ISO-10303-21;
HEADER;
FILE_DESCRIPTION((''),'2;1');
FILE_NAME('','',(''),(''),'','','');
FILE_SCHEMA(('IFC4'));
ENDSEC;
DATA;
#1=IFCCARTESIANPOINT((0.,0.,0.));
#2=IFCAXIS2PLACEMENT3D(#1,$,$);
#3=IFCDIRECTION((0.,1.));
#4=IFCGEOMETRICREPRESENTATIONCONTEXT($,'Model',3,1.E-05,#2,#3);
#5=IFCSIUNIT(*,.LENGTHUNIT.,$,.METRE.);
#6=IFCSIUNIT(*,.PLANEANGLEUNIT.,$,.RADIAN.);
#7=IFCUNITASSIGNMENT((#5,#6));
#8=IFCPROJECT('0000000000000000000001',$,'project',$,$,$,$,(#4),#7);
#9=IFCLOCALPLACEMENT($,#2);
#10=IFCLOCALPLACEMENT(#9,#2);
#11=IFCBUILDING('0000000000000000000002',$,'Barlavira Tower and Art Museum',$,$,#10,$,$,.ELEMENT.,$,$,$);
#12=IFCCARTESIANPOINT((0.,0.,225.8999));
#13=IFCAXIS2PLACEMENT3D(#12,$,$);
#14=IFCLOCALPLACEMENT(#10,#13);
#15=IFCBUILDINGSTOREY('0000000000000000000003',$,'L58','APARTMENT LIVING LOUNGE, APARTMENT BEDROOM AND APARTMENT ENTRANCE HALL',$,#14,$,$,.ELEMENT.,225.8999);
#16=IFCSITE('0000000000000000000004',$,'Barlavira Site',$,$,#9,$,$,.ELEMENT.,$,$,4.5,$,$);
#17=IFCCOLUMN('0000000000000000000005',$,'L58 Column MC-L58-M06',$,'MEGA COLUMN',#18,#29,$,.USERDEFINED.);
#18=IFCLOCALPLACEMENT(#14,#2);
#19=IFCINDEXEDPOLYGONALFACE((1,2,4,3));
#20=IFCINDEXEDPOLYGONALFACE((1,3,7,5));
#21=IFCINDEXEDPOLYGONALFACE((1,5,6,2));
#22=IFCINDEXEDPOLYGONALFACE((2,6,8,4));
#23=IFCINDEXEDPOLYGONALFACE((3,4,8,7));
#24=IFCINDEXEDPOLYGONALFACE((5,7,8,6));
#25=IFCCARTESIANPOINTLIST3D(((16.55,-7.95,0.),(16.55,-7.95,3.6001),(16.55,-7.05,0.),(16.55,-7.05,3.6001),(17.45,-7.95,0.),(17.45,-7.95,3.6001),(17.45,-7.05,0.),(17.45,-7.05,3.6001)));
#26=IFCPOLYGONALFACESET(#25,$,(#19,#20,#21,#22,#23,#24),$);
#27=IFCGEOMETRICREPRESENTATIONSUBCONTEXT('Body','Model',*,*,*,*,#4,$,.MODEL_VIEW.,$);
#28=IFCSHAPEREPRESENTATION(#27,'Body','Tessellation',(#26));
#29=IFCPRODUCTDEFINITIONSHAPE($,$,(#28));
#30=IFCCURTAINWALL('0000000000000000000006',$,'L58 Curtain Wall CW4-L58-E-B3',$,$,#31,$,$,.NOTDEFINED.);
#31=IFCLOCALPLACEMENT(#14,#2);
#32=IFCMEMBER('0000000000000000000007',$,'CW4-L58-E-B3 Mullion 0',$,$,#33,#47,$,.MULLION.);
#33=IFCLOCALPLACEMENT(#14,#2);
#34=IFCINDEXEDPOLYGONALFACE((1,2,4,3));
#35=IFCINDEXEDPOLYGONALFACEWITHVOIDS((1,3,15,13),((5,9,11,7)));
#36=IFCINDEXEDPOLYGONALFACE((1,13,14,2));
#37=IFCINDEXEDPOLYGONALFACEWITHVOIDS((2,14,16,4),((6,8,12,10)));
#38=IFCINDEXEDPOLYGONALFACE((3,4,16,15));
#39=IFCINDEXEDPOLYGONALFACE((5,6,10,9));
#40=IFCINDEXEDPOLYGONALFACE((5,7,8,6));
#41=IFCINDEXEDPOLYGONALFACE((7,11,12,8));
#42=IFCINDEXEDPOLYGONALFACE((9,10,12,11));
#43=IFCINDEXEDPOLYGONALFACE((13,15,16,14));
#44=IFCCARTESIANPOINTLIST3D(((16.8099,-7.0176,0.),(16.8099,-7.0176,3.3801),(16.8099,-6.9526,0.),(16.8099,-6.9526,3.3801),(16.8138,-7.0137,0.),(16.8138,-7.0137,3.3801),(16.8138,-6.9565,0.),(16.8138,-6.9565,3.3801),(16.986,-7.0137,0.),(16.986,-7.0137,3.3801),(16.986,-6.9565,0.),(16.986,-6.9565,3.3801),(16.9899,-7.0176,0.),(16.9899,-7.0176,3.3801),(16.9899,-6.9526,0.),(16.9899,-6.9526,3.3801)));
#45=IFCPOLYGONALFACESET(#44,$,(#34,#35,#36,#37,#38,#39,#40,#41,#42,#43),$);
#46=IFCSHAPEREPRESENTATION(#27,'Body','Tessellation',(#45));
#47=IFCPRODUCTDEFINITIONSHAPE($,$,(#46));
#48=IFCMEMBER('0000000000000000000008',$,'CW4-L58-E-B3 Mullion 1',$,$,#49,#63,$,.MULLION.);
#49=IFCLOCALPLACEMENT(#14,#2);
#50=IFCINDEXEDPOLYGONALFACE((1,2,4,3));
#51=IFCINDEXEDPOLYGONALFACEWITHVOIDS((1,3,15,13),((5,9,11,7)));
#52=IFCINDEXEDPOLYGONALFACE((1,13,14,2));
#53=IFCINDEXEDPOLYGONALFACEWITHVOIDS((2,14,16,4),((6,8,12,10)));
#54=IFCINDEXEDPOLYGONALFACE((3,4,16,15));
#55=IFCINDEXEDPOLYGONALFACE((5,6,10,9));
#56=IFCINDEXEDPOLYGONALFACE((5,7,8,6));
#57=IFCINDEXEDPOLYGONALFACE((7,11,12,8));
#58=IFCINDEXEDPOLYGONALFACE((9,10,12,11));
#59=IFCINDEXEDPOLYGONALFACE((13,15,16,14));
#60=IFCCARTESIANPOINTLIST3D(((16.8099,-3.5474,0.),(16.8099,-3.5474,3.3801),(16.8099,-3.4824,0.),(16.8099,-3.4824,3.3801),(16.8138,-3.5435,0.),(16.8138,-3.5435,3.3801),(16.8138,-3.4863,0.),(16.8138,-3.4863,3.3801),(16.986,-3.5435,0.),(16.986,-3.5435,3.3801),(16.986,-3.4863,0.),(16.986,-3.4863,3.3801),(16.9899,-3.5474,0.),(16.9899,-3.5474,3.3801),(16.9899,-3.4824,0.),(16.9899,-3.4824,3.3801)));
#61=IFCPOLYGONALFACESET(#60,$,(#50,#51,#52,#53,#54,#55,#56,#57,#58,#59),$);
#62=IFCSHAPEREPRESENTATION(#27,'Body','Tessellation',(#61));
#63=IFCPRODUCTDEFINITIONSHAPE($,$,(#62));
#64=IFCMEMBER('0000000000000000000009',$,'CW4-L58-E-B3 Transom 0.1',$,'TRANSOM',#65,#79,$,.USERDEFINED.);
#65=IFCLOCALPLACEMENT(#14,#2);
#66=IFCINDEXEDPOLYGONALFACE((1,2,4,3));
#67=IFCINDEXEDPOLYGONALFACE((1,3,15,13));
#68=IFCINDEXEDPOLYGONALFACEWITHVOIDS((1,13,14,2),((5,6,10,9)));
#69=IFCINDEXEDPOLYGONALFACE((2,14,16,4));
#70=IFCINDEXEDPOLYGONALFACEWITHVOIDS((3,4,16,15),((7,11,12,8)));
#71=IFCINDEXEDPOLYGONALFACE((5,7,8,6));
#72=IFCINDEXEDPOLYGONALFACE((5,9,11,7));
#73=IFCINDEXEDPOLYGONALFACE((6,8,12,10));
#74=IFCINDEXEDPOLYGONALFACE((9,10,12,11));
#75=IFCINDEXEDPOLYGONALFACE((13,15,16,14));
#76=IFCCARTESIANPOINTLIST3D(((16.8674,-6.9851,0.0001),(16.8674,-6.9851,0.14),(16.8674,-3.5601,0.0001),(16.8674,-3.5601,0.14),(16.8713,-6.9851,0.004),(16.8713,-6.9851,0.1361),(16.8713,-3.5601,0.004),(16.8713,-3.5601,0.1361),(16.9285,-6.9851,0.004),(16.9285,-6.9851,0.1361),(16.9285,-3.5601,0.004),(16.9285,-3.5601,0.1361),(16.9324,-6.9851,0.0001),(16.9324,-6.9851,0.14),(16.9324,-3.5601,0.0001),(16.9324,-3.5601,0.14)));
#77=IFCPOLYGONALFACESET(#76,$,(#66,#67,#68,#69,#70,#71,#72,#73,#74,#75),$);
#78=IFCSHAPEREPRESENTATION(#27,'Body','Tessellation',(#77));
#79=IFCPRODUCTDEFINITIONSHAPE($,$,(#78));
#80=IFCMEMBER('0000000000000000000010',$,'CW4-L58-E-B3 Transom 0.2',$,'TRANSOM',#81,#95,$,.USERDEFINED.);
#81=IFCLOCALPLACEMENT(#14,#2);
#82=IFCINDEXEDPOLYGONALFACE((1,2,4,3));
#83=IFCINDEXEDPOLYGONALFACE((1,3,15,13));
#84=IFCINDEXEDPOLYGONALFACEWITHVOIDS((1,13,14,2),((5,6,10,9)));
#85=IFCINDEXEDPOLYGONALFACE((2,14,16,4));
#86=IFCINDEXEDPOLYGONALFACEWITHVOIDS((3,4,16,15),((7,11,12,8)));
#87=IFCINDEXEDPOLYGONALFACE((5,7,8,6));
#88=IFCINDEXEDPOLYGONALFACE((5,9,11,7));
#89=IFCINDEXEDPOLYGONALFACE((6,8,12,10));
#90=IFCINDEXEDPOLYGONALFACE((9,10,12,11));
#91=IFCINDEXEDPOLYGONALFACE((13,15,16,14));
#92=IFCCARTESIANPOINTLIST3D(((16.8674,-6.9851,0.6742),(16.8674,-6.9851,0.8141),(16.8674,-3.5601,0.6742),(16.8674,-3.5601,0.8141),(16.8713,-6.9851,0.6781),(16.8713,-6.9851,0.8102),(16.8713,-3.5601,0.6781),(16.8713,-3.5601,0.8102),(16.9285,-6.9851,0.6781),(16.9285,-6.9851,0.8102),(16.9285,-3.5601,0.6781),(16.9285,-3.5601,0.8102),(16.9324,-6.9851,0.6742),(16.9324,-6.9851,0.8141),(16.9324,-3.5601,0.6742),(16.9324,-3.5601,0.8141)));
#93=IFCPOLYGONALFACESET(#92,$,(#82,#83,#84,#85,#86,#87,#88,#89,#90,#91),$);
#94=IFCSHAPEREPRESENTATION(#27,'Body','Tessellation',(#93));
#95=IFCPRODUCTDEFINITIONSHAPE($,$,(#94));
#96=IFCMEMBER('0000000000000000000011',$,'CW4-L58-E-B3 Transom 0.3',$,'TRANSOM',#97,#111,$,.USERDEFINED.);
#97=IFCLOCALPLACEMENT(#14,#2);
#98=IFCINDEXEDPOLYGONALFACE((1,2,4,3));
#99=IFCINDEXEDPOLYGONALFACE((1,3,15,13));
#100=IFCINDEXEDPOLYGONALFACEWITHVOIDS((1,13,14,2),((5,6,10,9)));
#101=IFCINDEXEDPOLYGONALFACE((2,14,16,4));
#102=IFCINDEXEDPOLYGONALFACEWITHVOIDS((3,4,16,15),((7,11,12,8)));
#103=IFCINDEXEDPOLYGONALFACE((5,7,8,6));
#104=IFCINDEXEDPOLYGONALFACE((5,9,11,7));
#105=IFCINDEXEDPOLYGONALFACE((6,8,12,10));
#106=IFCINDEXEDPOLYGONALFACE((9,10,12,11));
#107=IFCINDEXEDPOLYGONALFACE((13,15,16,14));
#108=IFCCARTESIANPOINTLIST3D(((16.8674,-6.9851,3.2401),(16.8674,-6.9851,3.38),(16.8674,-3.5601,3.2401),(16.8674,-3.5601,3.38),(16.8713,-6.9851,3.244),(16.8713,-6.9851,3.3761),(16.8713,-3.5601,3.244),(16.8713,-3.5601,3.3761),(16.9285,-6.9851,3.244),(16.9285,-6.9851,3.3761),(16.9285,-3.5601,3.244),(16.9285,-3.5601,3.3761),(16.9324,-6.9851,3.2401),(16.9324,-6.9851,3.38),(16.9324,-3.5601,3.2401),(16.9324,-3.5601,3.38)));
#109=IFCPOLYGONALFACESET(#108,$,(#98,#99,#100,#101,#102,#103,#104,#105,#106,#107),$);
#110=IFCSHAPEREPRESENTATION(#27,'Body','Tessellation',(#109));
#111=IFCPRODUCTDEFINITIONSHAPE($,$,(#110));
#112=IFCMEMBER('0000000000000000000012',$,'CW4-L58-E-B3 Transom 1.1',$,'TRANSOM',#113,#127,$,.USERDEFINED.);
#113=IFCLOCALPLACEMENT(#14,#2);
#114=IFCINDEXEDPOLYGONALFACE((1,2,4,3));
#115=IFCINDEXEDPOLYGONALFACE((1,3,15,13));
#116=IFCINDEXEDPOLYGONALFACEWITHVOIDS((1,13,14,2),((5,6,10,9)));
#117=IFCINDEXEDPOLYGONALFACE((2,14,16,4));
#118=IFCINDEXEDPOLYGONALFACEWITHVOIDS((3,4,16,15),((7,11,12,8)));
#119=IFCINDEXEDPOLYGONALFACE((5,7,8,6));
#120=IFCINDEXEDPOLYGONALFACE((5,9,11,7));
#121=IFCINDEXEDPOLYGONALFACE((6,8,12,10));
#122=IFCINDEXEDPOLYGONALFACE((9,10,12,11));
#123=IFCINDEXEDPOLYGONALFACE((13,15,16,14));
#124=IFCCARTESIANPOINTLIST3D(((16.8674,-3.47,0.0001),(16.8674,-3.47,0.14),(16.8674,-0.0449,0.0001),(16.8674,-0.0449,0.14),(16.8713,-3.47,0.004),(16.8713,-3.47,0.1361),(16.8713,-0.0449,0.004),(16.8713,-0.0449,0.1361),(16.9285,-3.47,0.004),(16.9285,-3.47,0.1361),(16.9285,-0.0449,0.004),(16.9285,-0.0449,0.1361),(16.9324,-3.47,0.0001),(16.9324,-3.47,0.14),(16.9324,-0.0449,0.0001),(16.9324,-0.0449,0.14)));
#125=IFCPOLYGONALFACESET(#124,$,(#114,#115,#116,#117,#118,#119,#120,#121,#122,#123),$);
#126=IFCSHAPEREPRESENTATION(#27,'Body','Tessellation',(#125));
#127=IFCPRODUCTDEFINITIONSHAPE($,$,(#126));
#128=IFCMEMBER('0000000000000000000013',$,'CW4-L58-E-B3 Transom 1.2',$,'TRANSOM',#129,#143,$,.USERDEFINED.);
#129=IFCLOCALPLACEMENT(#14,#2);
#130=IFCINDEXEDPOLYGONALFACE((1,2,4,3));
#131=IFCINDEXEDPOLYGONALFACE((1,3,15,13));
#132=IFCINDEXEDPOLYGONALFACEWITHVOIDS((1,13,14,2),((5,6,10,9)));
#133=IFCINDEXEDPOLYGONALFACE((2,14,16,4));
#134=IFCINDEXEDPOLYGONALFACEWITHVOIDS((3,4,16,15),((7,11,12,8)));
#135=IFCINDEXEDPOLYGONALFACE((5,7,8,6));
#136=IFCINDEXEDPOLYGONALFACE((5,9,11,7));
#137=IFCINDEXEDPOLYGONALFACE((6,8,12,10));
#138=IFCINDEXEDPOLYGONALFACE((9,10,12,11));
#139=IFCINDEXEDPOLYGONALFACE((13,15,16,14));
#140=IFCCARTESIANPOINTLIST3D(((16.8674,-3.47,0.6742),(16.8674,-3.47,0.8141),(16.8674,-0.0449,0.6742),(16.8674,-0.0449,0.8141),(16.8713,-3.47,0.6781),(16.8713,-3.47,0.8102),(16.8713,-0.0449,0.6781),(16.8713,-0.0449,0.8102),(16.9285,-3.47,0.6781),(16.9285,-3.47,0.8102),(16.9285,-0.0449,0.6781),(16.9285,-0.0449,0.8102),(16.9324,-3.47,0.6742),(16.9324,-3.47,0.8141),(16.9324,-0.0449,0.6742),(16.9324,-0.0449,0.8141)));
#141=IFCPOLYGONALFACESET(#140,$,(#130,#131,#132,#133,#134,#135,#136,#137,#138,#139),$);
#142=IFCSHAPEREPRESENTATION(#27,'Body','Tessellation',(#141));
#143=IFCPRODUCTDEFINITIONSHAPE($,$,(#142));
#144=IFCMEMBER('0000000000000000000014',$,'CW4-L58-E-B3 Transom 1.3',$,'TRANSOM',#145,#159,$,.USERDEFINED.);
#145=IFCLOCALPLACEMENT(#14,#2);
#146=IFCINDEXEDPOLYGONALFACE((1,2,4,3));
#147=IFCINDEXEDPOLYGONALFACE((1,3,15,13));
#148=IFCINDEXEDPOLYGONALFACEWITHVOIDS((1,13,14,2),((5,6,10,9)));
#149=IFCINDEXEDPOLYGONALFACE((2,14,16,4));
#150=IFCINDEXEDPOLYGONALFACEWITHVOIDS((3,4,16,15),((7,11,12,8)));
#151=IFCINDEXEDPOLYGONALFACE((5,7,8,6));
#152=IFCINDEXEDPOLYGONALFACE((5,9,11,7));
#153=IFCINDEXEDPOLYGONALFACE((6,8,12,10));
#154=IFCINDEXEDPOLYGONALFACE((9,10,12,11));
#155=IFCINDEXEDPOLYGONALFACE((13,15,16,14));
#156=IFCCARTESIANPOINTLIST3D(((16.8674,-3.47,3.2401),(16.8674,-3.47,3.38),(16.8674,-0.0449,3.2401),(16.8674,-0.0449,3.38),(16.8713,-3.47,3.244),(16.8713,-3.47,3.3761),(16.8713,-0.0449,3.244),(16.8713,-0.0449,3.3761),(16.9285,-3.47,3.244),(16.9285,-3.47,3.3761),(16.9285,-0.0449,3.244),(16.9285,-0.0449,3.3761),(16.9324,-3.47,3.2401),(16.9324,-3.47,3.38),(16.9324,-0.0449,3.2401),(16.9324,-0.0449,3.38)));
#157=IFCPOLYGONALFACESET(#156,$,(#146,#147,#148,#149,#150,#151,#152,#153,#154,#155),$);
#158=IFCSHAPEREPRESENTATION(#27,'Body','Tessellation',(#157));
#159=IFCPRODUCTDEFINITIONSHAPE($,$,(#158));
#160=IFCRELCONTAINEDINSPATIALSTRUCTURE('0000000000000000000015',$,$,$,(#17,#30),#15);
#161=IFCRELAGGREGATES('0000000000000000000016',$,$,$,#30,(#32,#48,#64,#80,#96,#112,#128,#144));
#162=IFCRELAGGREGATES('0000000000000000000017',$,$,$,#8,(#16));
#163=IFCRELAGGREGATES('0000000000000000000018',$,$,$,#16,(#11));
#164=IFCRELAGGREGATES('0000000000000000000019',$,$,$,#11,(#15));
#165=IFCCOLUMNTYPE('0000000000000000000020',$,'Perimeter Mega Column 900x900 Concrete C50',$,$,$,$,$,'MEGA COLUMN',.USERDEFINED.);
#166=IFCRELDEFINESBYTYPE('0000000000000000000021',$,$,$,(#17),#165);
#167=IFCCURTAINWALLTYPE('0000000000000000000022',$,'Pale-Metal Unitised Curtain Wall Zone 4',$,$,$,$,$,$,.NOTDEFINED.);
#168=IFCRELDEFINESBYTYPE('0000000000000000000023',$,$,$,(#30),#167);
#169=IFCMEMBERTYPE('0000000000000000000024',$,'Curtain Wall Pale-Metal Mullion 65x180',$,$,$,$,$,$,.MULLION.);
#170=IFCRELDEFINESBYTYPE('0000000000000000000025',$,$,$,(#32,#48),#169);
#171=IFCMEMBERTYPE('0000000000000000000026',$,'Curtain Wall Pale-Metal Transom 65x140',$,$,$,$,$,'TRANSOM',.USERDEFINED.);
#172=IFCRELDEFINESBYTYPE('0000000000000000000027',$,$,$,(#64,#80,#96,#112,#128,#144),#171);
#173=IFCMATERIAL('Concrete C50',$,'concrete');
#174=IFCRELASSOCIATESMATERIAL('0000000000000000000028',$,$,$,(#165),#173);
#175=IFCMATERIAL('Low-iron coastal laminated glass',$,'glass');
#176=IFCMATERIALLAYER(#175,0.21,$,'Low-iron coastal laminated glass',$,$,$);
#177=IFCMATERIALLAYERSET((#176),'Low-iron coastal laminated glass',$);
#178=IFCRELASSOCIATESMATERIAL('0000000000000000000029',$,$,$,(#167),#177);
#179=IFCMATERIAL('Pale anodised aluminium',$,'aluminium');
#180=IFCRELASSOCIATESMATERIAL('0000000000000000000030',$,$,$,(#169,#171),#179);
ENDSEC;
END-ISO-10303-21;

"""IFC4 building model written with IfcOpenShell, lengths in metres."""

from ifc_helpers import new_model, si_unit, direction, frame, origin, origin_2d, place, context, subcontext, project, spatial, rectangle, hollow_rectangle, extrude, material, layer, layer_set, material_profile, profile_set, type_object, element, aggregate, save


model = new_model("IFC4")

# Units and contexts
model_context = context("Model", 3, precision=1e-05, world=origin(), true_north=direction((0.0, 1.0)))
body_context = subcontext(model_context, "Body", "Model", "MODEL_VIEW")
ifc_project = project(units=[si_unit("LENGTHUNIT", "METRE"), si_unit("PLANEANGLEUNIT", "RADIAN")], contexts=[model_context])

# Site, building, storey
site_placement = place(None, origin())
site = spatial("IfcSite", under=ifc_project, at=site_placement, Name="Barlavira Site", CompositionType="ELEMENT", RefElevation=4.5)
building_placement = place(site_placement, origin())
building = spatial("IfcBuilding", under=site, at=building_placement, Name="Barlavira Tower and Art Museum", CompositionType="ELEMENT")
storey_placement = place(building_placement, frame((0.0, 0.0, 225.8999)))
storey = spatial("IfcBuildingStorey", under=building, at=storey_placement, Name="L58", Description="APARTMENT LIVING LOUNGE, APARTMENT BEDROOM AND APARTMENT ENTRANCE HALL", CompositionType="ELEMENT", Elevation=225.8999)

# Column
ifc_material_1 = material(Name="Concrete C50", Category="concrete")
ifc_material_profile_1 = material_profile(ifc_material_1, rectangle(XDim=0.8999, YDim=0.8999, at=origin_2d()), Name="RC-COL 900x900")
ifc_profile_set_1 = profile_set([ifc_material_profile_1], Name="Concrete C50")
column_type = type_object("IfcColumnType", Name="Perimeter Mega Column 900x900 Concrete C50", ElementType="MEGA COLUMN", PredefinedType="USERDEFINED", material=ifc_profile_set_1)
column_placement = place(storey_placement, frame((17.0, -7.5, 0.0), z_axis=(0.0, 0.0, 1.0), x_axis=(1.0, 0.0, 0.0)))
element("IfcColumn", 1, at=column_placement, inside=storey, type_object=column_type, Name="L58 Column MC-L58-M06", ObjectType="MEGA COLUMN", PredefinedType="USERDEFINED", context=body_context, shape_type="SweptSolid", body=[
    extrude(rectangle(XDim=0.8999, YDim=0.8999, at=origin_2d()), origin(), (0.0, 0.0, 1.0), 3.6001),
])

# Curtain wall, members
ifc_material_2 = material(Name="Low-iron coastal laminated glass", Category="glass")
ifc_layer_1 = layer(ifc_material_2, 0.21, Name="Low-iron coastal laminated glass")
ifc_layer_set_1 = layer_set([ifc_layer_1], Name="Low-iron coastal laminated glass")
curtain_wall_type = type_object("IfcCurtainWallType", Name="Pale-Metal Unitised Curtain Wall Zone 4", PredefinedType="NOTDEFINED", material=ifc_layer_set_1)
curtain_wall_placement = place(storey_placement, origin())
curtain_wall = element("IfcCurtainWall", 2, at=curtain_wall_placement, inside=storey, type_object=curtain_wall_type, Name="L58 Curtain Wall CW4-L58-E-B3", PredefinedType="NOTDEFINED")
ifc_material_3 = material(Name="Pale anodised aluminium", Category="aluminium")
ifc_material_profile_2 = material_profile(ifc_material_3, hollow_rectangle(XDim=0.0649, YDim=0.1799, WallThickness=0.0039, at=origin_2d()), Name="ALU-MULL 65x180x4")
ifc_profile_set_2 = profile_set([ifc_material_profile_2], Name="Pale anodised aluminium")
member_type_1 = type_object("IfcMemberType", Name="Curtain Wall Pale-Metal Mullion 65x180", PredefinedType="MULLION", material=ifc_profile_set_2)
member_1_placement = place(storey_placement, frame((16.8999, -6.9851, 0.0), z_axis=(0.0, 0.0, 1.0), x_axis=(0.0, 1.0, 0.0)))
member_1 = element("IfcMember", 3, at=member_1_placement, type_object=member_type_1, Name="CW4-L58-E-B3 Mullion 0", PredefinedType="MULLION", context=body_context, shape_type="SweptSolid", body=[
    extrude(hollow_rectangle(XDim=0.0649, YDim=0.1799, WallThickness=0.0039, at=origin_2d()), origin(), (0.0, 0.0, 1.0), 3.3801),
])
member_2_placement = place(storey_placement, frame((16.8999, -3.5149, 0.0), z_axis=(0.0, 0.0, 1.0), x_axis=(0.0, 1.0, 0.0)))
member_2 = element("IfcMember", 4, at=member_2_placement, type_object=member_type_1, Name="CW4-L58-E-B3 Mullion 1", PredefinedType="MULLION", context=body_context, shape_type="SweptSolid", body=[
    extrude(hollow_rectangle(XDim=0.0649, YDim=0.1799, WallThickness=0.0039, at=origin_2d()), origin(), (0.0, 0.0, 1.0), 3.3801),
])
ifc_material_profile_3 = material_profile(ifc_material_3, hollow_rectangle(XDim=0.0649, YDim=0.1399, WallThickness=0.0039, at=origin_2d()), Name="ALU-TRAN 65x140x4")
ifc_profile_set_3 = profile_set([ifc_material_profile_3], Name="Pale anodised aluminium")
member_type_2 = type_object("IfcMemberType", Name="Curtain Wall Pale-Metal Transom 65x140", ElementType="TRANSOM", PredefinedType="USERDEFINED", material=ifc_profile_set_3)
member_3_placement = place(storey_placement, frame((16.8999, -6.9851, 0.0701), z_axis=(0.0, 1.0, 0.0), x_axis=(-1.0, 0.0, 0.0)))
member_3 = element("IfcMember", 5, at=member_3_placement, type_object=member_type_2, Name="CW4-L58-E-B3 Transom 0.1", ObjectType="TRANSOM", PredefinedType="USERDEFINED", context=body_context, shape_type="SweptSolid", body=[
    extrude(hollow_rectangle(XDim=0.0649, YDim=0.1399, WallThickness=0.0039, at=origin_2d()), origin(), (0.0, 0.0, 1.0), 3.425),
])
member_4_placement = place(storey_placement, frame((16.8999, -6.9851, 0.7441), z_axis=(0.0, 1.0, 0.0), x_axis=(-1.0, 0.0, 0.0)))
member_4 = element("IfcMember", 6, at=member_4_placement, type_object=member_type_2, Name="CW4-L58-E-B3 Transom 0.2", ObjectType="TRANSOM", PredefinedType="USERDEFINED", context=body_context, shape_type="SweptSolid", body=[
    extrude(hollow_rectangle(XDim=0.0649, YDim=0.1399, WallThickness=0.0039, at=origin_2d()), origin(), (0.0, 0.0, 1.0), 3.425),
])
member_5_placement = place(storey_placement, frame((16.8999, -6.9851, 3.3101), z_axis=(0.0, 1.0, 0.0), x_axis=(-1.0, 0.0, 0.0)))
member_5 = element("IfcMember", 7, at=member_5_placement, type_object=member_type_2, Name="CW4-L58-E-B3 Transom 0.3", ObjectType="TRANSOM", PredefinedType="USERDEFINED", context=body_context, shape_type="SweptSolid", body=[
    extrude(hollow_rectangle(XDim=0.0649, YDim=0.1399, WallThickness=0.0039, at=origin_2d()), origin(), (0.0, 0.0, 1.0), 3.425),
])
member_6_placement = place(storey_placement, frame((16.8999, -3.47, 0.0701), z_axis=(0.0, 1.0, 0.0), x_axis=(-1.0, 0.0, 0.0)))
member_6 = element("IfcMember", 8, at=member_6_placement, type_object=member_type_2, Name="CW4-L58-E-B3 Transom 1.1", ObjectType="TRANSOM", PredefinedType="USERDEFINED", context=body_context, shape_type="SweptSolid", body=[
    extrude(hollow_rectangle(XDim=0.0649, YDim=0.1399, WallThickness=0.0039, at=origin_2d()), origin(), (0.0, 0.0, 1.0), 3.425),
])
member_7_placement = place(storey_placement, frame((16.8999, -3.47, 0.7441), z_axis=(0.0, 1.0, 0.0), x_axis=(-1.0, 0.0, 0.0)))
member_7 = element("IfcMember", 9, at=member_7_placement, type_object=member_type_2, Name="CW4-L58-E-B3 Transom 1.2", ObjectType="TRANSOM", PredefinedType="USERDEFINED", context=body_context, shape_type="SweptSolid", body=[
    extrude(hollow_rectangle(XDim=0.0649, YDim=0.1399, WallThickness=0.0039, at=origin_2d()), origin(), (0.0, 0.0, 1.0), 3.425),
])
member_8_placement = place(storey_placement, frame((16.8999, -3.47, 3.3101), z_axis=(0.0, 1.0, 0.0), x_axis=(-1.0, 0.0, 0.0)))
member_8 = element("IfcMember", 10, at=member_8_placement, type_object=member_type_2, Name="CW4-L58-E-B3 Transom 1.3", ObjectType="TRANSOM", PredefinedType="USERDEFINED", context=body_context, shape_type="SweptSolid", body=[
    extrude(hollow_rectangle(XDim=0.0649, YDim=0.1399, WallThickness=0.0039, at=origin_2d()), origin(), (0.0, 0.0, 1.0), 3.425),
])

aggregate(curtain_wall, [member_1, member_2, member_3, member_4, member_5, member_6, member_7, member_8])

save(model, "model.ifc")
